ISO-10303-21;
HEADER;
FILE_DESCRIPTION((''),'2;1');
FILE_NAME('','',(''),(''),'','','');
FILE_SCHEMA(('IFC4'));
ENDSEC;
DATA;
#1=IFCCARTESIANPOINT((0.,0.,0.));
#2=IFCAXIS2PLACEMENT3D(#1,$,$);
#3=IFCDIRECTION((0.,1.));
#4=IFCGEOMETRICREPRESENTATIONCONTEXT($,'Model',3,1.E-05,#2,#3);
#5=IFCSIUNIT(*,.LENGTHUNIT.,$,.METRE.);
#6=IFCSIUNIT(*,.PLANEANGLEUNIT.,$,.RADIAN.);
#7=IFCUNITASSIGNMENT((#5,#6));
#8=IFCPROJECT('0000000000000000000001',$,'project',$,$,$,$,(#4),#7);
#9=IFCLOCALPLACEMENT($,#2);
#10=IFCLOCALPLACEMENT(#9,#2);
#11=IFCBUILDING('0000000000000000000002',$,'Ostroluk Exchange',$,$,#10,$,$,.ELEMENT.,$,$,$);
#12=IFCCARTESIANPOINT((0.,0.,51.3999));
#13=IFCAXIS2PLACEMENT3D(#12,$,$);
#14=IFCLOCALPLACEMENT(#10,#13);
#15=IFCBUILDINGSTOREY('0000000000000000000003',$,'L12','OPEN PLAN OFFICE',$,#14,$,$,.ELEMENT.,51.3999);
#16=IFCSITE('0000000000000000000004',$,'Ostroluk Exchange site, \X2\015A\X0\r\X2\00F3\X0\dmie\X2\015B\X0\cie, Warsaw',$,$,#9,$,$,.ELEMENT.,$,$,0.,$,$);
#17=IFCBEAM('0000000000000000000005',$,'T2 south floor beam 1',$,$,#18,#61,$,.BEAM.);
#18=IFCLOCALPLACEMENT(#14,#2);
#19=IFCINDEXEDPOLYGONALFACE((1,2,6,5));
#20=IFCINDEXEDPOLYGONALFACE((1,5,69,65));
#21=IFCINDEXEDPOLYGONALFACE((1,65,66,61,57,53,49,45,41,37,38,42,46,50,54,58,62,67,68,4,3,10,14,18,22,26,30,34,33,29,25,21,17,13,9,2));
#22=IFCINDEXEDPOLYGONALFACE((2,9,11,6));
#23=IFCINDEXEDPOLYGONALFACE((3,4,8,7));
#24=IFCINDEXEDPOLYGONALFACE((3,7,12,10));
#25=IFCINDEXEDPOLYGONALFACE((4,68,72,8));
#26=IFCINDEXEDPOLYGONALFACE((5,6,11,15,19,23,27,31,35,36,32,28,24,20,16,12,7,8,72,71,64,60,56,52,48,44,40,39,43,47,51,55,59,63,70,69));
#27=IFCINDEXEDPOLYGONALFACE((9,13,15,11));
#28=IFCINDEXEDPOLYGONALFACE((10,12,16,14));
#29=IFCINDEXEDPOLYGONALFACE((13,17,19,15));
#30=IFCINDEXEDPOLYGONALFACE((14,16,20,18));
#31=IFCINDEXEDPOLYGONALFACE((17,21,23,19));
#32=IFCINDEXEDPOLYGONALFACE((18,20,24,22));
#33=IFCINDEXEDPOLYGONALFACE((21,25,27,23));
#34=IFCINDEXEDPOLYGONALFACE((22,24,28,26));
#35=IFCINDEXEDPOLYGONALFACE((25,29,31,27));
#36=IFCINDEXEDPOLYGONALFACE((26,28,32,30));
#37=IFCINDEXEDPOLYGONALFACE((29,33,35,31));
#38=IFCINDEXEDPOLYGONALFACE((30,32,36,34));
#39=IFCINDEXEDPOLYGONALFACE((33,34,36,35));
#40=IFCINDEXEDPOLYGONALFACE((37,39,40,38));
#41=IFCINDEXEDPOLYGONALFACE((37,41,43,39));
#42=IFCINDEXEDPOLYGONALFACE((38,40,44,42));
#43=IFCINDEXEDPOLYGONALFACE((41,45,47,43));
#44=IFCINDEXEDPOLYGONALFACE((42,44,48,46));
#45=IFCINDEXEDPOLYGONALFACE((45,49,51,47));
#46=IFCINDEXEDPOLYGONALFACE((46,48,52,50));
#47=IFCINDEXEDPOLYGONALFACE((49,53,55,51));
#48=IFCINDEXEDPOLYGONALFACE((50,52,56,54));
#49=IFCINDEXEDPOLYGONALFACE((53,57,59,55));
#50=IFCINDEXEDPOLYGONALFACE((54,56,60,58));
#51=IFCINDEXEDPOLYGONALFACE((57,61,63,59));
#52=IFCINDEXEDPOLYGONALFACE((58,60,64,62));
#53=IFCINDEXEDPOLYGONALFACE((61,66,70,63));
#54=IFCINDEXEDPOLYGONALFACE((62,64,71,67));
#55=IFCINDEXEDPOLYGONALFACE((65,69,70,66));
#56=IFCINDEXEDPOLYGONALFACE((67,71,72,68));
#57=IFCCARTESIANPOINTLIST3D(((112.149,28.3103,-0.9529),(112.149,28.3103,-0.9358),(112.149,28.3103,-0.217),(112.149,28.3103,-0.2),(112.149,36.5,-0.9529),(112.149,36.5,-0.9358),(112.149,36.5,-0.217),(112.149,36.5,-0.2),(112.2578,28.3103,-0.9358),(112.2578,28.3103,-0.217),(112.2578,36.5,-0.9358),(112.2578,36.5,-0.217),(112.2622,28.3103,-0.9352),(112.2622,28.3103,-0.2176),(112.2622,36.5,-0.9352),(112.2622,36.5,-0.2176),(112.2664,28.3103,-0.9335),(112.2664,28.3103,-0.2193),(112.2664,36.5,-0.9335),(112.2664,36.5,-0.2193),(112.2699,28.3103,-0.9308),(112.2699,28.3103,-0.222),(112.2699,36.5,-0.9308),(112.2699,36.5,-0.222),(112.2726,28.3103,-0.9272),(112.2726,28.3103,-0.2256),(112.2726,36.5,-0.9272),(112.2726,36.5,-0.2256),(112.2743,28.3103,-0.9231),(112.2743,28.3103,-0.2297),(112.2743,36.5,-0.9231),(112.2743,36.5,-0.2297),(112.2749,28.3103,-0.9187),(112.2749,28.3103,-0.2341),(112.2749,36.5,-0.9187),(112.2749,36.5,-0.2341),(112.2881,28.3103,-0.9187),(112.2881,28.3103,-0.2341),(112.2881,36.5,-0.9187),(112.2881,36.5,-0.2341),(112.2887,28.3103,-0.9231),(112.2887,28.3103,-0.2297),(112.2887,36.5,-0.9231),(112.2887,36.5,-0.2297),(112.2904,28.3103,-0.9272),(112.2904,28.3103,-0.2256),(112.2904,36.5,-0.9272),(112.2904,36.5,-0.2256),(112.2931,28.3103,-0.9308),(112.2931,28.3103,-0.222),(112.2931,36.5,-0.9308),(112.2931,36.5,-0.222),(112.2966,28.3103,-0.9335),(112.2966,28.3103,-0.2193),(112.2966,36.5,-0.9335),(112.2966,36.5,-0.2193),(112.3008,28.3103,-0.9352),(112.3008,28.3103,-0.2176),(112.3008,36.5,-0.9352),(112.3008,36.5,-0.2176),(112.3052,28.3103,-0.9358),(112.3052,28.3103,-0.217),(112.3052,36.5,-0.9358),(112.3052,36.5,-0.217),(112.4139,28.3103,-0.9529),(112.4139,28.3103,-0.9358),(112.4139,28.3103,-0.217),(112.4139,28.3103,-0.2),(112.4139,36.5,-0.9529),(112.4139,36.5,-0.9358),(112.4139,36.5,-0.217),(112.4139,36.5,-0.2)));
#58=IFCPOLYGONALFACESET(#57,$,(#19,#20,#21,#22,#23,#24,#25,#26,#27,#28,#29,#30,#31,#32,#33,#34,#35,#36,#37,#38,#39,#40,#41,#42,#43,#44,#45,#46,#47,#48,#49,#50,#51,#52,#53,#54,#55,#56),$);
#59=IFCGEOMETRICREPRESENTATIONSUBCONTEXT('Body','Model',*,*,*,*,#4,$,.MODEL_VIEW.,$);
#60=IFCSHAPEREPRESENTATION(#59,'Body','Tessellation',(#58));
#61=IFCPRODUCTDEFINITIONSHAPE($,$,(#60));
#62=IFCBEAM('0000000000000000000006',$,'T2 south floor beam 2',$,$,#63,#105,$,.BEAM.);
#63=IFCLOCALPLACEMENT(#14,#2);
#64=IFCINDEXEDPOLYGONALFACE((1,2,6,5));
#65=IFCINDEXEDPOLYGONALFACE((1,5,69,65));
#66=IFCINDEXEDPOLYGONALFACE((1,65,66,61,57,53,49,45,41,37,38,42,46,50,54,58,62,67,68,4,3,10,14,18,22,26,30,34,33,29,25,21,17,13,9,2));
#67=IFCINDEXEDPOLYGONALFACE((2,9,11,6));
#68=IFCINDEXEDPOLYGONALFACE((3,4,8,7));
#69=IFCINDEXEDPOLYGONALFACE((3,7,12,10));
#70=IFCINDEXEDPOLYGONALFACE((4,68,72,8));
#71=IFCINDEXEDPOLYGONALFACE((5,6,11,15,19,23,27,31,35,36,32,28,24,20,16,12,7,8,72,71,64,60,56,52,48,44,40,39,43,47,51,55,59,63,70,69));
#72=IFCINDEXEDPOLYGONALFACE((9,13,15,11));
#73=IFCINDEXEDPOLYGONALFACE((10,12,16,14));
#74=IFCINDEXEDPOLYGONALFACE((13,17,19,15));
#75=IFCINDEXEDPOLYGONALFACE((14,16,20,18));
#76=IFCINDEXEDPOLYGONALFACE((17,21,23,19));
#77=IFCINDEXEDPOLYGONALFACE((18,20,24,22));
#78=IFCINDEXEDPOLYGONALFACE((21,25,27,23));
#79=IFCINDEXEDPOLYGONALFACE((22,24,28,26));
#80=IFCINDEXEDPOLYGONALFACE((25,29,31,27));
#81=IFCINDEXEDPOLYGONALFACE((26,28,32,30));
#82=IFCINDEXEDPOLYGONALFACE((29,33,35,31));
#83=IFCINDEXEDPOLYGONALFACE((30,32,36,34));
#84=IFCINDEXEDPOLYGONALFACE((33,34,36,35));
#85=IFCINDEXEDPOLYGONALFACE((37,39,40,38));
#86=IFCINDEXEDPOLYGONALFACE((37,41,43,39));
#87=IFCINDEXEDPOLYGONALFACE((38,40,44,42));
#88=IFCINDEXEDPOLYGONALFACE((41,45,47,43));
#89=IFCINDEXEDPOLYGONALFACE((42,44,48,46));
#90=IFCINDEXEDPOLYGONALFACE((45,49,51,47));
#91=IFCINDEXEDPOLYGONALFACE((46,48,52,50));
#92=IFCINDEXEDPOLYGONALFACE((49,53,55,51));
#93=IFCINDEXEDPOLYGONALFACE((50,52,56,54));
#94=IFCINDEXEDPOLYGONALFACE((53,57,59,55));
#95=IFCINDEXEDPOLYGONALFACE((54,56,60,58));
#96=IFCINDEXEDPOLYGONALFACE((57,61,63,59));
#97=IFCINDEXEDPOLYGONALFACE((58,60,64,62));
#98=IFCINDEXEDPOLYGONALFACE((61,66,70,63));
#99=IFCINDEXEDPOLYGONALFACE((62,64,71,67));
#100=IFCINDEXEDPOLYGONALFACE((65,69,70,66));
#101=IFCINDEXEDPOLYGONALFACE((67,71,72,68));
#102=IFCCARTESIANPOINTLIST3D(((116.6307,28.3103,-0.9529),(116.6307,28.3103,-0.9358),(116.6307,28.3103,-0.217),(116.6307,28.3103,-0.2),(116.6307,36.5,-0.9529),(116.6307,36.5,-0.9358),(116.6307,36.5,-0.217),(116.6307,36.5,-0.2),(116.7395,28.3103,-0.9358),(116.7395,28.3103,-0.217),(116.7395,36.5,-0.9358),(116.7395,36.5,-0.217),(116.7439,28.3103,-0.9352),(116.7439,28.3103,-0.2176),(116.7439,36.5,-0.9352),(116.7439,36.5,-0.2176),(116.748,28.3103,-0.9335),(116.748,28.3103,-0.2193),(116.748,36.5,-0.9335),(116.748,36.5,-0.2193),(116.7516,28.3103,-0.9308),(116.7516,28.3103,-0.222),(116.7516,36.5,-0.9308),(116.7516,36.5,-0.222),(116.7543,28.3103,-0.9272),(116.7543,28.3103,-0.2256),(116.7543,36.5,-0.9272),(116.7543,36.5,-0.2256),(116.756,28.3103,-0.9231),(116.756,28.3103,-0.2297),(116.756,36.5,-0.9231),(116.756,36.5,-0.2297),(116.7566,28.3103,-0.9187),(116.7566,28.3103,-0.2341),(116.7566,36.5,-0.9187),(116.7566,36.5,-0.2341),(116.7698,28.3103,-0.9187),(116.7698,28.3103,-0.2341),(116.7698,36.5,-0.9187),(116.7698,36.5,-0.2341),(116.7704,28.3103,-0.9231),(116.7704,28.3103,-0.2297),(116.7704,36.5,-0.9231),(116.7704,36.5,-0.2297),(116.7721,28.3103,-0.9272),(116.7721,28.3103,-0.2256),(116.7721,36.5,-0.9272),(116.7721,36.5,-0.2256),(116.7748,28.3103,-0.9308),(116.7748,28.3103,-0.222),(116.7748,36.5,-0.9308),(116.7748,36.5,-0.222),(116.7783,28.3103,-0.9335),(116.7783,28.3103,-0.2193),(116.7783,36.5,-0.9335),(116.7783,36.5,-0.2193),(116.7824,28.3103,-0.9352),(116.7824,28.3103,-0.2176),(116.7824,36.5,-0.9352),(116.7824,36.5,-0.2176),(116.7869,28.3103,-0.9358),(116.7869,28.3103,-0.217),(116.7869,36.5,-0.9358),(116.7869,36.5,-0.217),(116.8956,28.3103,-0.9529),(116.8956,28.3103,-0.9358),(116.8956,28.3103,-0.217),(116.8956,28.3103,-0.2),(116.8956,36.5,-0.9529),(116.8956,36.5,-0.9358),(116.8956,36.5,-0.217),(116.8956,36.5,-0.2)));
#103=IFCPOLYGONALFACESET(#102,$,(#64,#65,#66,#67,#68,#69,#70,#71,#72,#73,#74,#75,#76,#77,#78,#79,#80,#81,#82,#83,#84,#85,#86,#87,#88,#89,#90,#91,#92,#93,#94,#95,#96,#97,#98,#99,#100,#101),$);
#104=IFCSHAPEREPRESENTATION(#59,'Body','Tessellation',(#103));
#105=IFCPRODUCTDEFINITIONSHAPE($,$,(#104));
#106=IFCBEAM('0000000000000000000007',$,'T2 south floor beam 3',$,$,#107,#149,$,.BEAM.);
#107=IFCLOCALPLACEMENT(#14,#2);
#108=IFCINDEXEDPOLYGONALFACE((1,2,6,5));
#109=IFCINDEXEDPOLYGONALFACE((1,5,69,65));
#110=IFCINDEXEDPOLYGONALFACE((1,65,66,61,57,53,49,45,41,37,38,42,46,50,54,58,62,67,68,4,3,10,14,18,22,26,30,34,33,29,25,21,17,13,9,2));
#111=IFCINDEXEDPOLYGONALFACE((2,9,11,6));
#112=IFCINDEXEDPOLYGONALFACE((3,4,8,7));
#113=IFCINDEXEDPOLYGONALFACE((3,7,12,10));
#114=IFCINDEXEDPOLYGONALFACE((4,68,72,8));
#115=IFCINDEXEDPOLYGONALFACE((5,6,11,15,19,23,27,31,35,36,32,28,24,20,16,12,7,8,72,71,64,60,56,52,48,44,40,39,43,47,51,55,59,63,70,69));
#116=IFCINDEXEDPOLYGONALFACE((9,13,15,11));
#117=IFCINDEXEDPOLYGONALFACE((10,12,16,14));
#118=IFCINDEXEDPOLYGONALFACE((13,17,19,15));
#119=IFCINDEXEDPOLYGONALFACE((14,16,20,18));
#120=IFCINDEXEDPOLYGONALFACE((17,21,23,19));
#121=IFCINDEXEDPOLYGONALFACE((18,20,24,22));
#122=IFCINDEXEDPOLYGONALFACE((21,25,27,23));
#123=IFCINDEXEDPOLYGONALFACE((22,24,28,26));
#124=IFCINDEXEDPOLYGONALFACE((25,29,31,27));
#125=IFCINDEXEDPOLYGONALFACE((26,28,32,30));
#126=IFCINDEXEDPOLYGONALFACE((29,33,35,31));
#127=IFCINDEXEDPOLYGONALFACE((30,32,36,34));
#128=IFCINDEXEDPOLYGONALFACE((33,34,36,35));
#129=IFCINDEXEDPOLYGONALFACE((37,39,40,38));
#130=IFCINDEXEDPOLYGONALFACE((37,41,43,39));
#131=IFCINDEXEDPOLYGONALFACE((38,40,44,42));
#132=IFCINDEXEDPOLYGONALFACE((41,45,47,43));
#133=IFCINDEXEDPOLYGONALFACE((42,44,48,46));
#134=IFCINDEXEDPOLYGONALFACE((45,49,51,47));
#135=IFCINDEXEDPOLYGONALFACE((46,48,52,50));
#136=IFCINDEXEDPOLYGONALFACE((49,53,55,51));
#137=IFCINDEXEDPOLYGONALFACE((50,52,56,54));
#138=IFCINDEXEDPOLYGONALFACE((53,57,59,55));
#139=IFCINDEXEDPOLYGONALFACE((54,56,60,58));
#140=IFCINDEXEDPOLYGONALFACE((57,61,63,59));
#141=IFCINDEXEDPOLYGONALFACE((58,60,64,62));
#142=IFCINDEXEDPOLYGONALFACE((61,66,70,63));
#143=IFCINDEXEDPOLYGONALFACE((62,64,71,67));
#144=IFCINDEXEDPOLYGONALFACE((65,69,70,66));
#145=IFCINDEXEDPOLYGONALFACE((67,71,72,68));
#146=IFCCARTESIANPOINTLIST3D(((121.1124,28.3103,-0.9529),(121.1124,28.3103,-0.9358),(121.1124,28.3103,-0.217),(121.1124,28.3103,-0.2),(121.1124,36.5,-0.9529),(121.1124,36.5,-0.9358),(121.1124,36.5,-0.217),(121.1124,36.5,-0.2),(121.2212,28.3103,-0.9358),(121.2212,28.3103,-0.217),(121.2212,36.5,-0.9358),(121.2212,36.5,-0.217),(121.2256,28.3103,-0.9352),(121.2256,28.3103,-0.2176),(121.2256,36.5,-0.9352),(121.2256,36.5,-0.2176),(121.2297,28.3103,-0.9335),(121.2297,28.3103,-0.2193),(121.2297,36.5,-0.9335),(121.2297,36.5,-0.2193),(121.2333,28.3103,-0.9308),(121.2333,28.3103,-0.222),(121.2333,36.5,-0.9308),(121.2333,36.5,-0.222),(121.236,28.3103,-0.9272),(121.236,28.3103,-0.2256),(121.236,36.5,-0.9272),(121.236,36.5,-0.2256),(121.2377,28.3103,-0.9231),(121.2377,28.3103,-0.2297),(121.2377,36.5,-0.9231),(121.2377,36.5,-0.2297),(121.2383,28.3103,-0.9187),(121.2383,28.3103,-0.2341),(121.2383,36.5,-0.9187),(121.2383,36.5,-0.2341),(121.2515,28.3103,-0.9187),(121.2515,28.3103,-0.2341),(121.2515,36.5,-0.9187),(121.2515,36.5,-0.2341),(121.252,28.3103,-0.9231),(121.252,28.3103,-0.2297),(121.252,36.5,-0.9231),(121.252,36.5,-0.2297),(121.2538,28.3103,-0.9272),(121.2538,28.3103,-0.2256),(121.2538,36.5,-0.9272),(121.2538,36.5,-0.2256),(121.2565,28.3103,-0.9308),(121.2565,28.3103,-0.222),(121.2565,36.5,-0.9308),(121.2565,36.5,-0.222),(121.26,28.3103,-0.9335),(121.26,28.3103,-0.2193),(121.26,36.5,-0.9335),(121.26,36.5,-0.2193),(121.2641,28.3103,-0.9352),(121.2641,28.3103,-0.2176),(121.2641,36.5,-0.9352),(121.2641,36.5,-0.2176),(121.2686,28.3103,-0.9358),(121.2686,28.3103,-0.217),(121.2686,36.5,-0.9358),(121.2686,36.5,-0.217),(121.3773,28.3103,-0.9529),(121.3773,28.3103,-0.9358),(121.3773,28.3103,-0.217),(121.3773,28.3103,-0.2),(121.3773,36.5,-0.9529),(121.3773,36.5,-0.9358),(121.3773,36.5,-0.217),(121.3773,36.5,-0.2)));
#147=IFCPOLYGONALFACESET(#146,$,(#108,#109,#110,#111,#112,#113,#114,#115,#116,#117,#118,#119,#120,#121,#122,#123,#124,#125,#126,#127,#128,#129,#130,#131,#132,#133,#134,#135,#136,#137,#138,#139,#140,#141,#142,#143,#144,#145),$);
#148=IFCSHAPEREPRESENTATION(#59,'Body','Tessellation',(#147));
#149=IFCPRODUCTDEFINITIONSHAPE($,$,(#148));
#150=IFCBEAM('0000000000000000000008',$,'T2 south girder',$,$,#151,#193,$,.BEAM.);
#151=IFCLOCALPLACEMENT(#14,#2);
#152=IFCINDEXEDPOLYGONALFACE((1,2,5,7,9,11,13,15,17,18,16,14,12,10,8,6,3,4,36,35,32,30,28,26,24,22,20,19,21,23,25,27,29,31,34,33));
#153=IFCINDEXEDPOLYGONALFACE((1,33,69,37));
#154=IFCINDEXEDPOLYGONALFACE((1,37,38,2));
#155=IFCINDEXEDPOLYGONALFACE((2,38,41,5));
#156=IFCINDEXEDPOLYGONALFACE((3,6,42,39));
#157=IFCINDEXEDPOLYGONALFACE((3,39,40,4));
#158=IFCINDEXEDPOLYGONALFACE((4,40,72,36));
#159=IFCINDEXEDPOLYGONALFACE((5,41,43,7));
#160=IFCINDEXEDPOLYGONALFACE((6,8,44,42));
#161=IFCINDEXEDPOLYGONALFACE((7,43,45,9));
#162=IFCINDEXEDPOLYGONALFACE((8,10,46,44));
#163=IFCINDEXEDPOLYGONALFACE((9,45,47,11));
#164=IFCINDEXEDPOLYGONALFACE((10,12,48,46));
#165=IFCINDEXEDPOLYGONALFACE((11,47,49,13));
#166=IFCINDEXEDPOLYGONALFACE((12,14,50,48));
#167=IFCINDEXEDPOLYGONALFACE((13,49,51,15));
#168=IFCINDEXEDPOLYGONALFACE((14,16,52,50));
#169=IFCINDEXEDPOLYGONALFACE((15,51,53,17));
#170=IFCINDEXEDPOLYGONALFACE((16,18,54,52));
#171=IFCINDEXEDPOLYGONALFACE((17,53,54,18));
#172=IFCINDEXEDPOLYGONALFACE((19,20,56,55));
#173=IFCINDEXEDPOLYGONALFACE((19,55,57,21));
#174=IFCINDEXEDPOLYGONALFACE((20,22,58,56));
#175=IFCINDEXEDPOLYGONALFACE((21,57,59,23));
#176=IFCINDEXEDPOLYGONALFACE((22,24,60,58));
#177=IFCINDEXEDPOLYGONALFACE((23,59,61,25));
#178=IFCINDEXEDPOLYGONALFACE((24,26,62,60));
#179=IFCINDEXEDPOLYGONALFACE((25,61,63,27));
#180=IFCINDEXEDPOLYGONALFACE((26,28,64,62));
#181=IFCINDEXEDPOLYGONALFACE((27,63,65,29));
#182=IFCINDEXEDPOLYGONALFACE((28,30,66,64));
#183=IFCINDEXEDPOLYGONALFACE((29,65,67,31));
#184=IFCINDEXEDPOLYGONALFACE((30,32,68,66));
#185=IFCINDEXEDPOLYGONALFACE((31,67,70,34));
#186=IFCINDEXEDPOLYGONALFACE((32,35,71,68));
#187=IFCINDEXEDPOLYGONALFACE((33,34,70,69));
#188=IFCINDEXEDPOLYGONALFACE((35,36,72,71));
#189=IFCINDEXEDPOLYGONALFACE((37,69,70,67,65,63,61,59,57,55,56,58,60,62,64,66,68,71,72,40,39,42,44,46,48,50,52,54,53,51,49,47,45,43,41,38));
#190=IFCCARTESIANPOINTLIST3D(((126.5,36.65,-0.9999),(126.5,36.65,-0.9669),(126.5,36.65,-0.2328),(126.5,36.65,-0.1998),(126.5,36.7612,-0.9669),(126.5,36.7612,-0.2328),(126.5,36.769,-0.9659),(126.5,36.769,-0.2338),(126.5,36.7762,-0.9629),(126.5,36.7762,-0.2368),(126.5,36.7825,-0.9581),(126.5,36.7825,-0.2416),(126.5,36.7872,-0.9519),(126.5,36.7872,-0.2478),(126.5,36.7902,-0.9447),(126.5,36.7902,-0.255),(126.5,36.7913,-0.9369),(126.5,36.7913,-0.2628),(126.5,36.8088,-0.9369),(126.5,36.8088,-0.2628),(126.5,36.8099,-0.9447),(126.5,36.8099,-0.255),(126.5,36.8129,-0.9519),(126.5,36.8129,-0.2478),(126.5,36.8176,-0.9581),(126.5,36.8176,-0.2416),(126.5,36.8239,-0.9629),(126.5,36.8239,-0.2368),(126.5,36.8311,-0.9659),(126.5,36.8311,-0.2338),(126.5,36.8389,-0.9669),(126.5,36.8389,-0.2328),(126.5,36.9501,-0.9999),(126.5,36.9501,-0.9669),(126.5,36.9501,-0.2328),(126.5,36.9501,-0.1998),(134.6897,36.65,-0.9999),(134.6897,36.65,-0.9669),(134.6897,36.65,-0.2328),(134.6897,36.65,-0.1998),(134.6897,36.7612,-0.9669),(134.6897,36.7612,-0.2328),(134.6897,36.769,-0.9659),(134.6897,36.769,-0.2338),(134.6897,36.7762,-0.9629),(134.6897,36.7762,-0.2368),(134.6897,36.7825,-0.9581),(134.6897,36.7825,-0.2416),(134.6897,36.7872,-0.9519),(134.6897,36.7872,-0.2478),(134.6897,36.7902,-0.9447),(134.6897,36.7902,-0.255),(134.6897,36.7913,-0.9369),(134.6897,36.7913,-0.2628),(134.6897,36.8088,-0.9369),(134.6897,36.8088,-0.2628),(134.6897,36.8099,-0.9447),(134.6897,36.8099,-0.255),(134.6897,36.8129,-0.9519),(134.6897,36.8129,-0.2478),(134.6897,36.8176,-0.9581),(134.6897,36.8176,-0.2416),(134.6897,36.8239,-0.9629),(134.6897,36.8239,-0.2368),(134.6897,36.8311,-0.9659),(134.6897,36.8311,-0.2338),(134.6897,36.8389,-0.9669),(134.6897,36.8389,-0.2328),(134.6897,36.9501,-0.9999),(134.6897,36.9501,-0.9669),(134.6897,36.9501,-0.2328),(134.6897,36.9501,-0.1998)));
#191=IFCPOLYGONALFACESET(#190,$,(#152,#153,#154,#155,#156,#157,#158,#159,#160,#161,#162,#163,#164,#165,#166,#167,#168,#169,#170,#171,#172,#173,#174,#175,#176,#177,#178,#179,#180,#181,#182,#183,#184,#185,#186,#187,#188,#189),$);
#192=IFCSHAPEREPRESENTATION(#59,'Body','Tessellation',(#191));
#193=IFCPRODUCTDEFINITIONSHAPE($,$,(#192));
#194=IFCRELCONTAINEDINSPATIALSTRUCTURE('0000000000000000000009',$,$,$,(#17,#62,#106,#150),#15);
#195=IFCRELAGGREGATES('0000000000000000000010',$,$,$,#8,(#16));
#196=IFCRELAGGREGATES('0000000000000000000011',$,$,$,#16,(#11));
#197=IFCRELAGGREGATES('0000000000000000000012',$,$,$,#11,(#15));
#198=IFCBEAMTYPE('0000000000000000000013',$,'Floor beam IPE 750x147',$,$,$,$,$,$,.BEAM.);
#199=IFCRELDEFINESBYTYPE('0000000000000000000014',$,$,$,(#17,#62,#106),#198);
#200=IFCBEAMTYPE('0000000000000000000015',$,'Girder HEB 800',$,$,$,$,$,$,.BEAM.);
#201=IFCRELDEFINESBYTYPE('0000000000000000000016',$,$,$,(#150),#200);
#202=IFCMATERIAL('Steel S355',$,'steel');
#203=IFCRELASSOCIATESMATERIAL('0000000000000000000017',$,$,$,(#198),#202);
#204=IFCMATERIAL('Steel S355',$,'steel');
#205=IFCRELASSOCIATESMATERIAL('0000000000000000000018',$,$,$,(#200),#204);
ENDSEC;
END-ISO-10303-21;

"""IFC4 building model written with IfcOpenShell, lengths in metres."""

from ifc_helpers import new_model, si_unit, direction, frame, origin, origin_2d, place, context, subcontext, project, spatial, i_section, extrude, material, material_profile, profile_set, type_object, element, save


model = new_model("IFC4")

# Units and contexts
model_context = context("Model", 3, precision=1e-05, world=origin(), true_north=direction((0.0, 1.0)))
body_context = subcontext(model_context, "Body", "Model", "MODEL_VIEW")
ifc_project = project(units=[si_unit("LENGTHUNIT", "METRE"), si_unit("PLANEANGLEUNIT", "RADIAN")], contexts=[model_context])

# Site, building, storey
site_placement = place(None, origin())
site = spatial("IfcSite", under=ifc_project, at=site_placement, Name="Ostroluk Exchange site, Śródmieście, Warsaw", CompositionType="ELEMENT", RefElevation=0.0)
building_placement = place(site_placement, origin())
building = spatial("IfcBuilding", under=site, at=building_placement, Name="Ostroluk Exchange", CompositionType="ELEMENT")
storey_placement = place(building_placement, frame((0.0, 0.0, 51.3999)))
storey = spatial("IfcBuildingStorey", under=building, at=storey_placement, Name="L12", Description="OPEN PLAN OFFICE", CompositionType="ELEMENT", Elevation=51.3999)

# Beams
ifc_material_1 = material(Name="Steel S355", Category="steel")
ifc_material_profile_1 = material_profile(ifc_material_1, i_section(OverallWidth=0.2649, OverallDepth=0.7529, WebThickness=0.0132, FlangeThickness=0.0171, FilletRadius=0.0171, at=origin_2d()), Name="IPE 750x147")
ifc_profile_set_1 = profile_set([ifc_material_profile_1], Name="Steel S355")
beam_type_1 = type_object("IfcBeamType", Name="Floor beam IPE 750x147", PredefinedType="BEAM", material=ifc_profile_set_1)
for number, where, z_axis, x_axis, name in (
    (1, (112.2815, 36.5, -0.5764), (0.0, -1.0, 0.0), (1.0, 0.0, 0.0), "T2 south floor beam 1"),
    (2, (116.7632, 36.5, -0.5764), (0.0, -1.0, 0.0), (1.0, 0.0, 0.0), "T2 south floor beam 2"),
    (3, (121.2449, 36.5, -0.5764), (0.0, -1.0, 0.0), (1.0, 0.0, 0.0), "T2 south floor beam 3"),
):
    element("IfcBeam", number, at=place(storey_placement, frame(where, z_axis=z_axis, x_axis=x_axis)), inside=storey, type_object=beam_type_1, Name=name, PredefinedType="BEAM", context=body_context, shape_type="SweptSolid", body=[
        extrude(i_section(OverallWidth=0.2649, OverallDepth=0.7529, WebThickness=0.0132, FlangeThickness=0.0171, FilletRadius=0.0171, at=origin_2d()), origin(), (0.0, 0.0, 1.0), 8.1897),
    ])
ifc_material_2 = material(Name="Steel S355", Category="steel")
ifc_material_profile_2 = material_profile(ifc_material_2, i_section(OverallWidth=0.3, OverallDepth=0.8, WebThickness=0.0176, FlangeThickness=0.033, FilletRadius=0.03, at=origin_2d()), Name="HEB 800")
ifc_profile_set_2 = profile_set([ifc_material_profile_2], Name="Steel S355")
beam_type_2 = type_object("IfcBeamType", Name="Girder HEB 800", PredefinedType="BEAM", material=ifc_profile_set_2)
beam_placement = place(storey_placement, frame((126.5, 36.8, -0.5999), z_axis=(1.0, 0.0, 0.0), x_axis=(0.0, 1.0, 0.0)))
element("IfcBeam", 4, at=beam_placement, inside=storey, type_object=beam_type_2, Name="T2 south girder", PredefinedType="BEAM", context=body_context, shape_type="SweptSolid", body=[
    extrude(i_section(OverallWidth=0.3, OverallDepth=0.8, WebThickness=0.0176, FlangeThickness=0.033, FilletRadius=0.03, at=origin_2d()), origin(), (0.0, 0.0, 1.0), 8.1897),
])

save(model, "model.ifc")
